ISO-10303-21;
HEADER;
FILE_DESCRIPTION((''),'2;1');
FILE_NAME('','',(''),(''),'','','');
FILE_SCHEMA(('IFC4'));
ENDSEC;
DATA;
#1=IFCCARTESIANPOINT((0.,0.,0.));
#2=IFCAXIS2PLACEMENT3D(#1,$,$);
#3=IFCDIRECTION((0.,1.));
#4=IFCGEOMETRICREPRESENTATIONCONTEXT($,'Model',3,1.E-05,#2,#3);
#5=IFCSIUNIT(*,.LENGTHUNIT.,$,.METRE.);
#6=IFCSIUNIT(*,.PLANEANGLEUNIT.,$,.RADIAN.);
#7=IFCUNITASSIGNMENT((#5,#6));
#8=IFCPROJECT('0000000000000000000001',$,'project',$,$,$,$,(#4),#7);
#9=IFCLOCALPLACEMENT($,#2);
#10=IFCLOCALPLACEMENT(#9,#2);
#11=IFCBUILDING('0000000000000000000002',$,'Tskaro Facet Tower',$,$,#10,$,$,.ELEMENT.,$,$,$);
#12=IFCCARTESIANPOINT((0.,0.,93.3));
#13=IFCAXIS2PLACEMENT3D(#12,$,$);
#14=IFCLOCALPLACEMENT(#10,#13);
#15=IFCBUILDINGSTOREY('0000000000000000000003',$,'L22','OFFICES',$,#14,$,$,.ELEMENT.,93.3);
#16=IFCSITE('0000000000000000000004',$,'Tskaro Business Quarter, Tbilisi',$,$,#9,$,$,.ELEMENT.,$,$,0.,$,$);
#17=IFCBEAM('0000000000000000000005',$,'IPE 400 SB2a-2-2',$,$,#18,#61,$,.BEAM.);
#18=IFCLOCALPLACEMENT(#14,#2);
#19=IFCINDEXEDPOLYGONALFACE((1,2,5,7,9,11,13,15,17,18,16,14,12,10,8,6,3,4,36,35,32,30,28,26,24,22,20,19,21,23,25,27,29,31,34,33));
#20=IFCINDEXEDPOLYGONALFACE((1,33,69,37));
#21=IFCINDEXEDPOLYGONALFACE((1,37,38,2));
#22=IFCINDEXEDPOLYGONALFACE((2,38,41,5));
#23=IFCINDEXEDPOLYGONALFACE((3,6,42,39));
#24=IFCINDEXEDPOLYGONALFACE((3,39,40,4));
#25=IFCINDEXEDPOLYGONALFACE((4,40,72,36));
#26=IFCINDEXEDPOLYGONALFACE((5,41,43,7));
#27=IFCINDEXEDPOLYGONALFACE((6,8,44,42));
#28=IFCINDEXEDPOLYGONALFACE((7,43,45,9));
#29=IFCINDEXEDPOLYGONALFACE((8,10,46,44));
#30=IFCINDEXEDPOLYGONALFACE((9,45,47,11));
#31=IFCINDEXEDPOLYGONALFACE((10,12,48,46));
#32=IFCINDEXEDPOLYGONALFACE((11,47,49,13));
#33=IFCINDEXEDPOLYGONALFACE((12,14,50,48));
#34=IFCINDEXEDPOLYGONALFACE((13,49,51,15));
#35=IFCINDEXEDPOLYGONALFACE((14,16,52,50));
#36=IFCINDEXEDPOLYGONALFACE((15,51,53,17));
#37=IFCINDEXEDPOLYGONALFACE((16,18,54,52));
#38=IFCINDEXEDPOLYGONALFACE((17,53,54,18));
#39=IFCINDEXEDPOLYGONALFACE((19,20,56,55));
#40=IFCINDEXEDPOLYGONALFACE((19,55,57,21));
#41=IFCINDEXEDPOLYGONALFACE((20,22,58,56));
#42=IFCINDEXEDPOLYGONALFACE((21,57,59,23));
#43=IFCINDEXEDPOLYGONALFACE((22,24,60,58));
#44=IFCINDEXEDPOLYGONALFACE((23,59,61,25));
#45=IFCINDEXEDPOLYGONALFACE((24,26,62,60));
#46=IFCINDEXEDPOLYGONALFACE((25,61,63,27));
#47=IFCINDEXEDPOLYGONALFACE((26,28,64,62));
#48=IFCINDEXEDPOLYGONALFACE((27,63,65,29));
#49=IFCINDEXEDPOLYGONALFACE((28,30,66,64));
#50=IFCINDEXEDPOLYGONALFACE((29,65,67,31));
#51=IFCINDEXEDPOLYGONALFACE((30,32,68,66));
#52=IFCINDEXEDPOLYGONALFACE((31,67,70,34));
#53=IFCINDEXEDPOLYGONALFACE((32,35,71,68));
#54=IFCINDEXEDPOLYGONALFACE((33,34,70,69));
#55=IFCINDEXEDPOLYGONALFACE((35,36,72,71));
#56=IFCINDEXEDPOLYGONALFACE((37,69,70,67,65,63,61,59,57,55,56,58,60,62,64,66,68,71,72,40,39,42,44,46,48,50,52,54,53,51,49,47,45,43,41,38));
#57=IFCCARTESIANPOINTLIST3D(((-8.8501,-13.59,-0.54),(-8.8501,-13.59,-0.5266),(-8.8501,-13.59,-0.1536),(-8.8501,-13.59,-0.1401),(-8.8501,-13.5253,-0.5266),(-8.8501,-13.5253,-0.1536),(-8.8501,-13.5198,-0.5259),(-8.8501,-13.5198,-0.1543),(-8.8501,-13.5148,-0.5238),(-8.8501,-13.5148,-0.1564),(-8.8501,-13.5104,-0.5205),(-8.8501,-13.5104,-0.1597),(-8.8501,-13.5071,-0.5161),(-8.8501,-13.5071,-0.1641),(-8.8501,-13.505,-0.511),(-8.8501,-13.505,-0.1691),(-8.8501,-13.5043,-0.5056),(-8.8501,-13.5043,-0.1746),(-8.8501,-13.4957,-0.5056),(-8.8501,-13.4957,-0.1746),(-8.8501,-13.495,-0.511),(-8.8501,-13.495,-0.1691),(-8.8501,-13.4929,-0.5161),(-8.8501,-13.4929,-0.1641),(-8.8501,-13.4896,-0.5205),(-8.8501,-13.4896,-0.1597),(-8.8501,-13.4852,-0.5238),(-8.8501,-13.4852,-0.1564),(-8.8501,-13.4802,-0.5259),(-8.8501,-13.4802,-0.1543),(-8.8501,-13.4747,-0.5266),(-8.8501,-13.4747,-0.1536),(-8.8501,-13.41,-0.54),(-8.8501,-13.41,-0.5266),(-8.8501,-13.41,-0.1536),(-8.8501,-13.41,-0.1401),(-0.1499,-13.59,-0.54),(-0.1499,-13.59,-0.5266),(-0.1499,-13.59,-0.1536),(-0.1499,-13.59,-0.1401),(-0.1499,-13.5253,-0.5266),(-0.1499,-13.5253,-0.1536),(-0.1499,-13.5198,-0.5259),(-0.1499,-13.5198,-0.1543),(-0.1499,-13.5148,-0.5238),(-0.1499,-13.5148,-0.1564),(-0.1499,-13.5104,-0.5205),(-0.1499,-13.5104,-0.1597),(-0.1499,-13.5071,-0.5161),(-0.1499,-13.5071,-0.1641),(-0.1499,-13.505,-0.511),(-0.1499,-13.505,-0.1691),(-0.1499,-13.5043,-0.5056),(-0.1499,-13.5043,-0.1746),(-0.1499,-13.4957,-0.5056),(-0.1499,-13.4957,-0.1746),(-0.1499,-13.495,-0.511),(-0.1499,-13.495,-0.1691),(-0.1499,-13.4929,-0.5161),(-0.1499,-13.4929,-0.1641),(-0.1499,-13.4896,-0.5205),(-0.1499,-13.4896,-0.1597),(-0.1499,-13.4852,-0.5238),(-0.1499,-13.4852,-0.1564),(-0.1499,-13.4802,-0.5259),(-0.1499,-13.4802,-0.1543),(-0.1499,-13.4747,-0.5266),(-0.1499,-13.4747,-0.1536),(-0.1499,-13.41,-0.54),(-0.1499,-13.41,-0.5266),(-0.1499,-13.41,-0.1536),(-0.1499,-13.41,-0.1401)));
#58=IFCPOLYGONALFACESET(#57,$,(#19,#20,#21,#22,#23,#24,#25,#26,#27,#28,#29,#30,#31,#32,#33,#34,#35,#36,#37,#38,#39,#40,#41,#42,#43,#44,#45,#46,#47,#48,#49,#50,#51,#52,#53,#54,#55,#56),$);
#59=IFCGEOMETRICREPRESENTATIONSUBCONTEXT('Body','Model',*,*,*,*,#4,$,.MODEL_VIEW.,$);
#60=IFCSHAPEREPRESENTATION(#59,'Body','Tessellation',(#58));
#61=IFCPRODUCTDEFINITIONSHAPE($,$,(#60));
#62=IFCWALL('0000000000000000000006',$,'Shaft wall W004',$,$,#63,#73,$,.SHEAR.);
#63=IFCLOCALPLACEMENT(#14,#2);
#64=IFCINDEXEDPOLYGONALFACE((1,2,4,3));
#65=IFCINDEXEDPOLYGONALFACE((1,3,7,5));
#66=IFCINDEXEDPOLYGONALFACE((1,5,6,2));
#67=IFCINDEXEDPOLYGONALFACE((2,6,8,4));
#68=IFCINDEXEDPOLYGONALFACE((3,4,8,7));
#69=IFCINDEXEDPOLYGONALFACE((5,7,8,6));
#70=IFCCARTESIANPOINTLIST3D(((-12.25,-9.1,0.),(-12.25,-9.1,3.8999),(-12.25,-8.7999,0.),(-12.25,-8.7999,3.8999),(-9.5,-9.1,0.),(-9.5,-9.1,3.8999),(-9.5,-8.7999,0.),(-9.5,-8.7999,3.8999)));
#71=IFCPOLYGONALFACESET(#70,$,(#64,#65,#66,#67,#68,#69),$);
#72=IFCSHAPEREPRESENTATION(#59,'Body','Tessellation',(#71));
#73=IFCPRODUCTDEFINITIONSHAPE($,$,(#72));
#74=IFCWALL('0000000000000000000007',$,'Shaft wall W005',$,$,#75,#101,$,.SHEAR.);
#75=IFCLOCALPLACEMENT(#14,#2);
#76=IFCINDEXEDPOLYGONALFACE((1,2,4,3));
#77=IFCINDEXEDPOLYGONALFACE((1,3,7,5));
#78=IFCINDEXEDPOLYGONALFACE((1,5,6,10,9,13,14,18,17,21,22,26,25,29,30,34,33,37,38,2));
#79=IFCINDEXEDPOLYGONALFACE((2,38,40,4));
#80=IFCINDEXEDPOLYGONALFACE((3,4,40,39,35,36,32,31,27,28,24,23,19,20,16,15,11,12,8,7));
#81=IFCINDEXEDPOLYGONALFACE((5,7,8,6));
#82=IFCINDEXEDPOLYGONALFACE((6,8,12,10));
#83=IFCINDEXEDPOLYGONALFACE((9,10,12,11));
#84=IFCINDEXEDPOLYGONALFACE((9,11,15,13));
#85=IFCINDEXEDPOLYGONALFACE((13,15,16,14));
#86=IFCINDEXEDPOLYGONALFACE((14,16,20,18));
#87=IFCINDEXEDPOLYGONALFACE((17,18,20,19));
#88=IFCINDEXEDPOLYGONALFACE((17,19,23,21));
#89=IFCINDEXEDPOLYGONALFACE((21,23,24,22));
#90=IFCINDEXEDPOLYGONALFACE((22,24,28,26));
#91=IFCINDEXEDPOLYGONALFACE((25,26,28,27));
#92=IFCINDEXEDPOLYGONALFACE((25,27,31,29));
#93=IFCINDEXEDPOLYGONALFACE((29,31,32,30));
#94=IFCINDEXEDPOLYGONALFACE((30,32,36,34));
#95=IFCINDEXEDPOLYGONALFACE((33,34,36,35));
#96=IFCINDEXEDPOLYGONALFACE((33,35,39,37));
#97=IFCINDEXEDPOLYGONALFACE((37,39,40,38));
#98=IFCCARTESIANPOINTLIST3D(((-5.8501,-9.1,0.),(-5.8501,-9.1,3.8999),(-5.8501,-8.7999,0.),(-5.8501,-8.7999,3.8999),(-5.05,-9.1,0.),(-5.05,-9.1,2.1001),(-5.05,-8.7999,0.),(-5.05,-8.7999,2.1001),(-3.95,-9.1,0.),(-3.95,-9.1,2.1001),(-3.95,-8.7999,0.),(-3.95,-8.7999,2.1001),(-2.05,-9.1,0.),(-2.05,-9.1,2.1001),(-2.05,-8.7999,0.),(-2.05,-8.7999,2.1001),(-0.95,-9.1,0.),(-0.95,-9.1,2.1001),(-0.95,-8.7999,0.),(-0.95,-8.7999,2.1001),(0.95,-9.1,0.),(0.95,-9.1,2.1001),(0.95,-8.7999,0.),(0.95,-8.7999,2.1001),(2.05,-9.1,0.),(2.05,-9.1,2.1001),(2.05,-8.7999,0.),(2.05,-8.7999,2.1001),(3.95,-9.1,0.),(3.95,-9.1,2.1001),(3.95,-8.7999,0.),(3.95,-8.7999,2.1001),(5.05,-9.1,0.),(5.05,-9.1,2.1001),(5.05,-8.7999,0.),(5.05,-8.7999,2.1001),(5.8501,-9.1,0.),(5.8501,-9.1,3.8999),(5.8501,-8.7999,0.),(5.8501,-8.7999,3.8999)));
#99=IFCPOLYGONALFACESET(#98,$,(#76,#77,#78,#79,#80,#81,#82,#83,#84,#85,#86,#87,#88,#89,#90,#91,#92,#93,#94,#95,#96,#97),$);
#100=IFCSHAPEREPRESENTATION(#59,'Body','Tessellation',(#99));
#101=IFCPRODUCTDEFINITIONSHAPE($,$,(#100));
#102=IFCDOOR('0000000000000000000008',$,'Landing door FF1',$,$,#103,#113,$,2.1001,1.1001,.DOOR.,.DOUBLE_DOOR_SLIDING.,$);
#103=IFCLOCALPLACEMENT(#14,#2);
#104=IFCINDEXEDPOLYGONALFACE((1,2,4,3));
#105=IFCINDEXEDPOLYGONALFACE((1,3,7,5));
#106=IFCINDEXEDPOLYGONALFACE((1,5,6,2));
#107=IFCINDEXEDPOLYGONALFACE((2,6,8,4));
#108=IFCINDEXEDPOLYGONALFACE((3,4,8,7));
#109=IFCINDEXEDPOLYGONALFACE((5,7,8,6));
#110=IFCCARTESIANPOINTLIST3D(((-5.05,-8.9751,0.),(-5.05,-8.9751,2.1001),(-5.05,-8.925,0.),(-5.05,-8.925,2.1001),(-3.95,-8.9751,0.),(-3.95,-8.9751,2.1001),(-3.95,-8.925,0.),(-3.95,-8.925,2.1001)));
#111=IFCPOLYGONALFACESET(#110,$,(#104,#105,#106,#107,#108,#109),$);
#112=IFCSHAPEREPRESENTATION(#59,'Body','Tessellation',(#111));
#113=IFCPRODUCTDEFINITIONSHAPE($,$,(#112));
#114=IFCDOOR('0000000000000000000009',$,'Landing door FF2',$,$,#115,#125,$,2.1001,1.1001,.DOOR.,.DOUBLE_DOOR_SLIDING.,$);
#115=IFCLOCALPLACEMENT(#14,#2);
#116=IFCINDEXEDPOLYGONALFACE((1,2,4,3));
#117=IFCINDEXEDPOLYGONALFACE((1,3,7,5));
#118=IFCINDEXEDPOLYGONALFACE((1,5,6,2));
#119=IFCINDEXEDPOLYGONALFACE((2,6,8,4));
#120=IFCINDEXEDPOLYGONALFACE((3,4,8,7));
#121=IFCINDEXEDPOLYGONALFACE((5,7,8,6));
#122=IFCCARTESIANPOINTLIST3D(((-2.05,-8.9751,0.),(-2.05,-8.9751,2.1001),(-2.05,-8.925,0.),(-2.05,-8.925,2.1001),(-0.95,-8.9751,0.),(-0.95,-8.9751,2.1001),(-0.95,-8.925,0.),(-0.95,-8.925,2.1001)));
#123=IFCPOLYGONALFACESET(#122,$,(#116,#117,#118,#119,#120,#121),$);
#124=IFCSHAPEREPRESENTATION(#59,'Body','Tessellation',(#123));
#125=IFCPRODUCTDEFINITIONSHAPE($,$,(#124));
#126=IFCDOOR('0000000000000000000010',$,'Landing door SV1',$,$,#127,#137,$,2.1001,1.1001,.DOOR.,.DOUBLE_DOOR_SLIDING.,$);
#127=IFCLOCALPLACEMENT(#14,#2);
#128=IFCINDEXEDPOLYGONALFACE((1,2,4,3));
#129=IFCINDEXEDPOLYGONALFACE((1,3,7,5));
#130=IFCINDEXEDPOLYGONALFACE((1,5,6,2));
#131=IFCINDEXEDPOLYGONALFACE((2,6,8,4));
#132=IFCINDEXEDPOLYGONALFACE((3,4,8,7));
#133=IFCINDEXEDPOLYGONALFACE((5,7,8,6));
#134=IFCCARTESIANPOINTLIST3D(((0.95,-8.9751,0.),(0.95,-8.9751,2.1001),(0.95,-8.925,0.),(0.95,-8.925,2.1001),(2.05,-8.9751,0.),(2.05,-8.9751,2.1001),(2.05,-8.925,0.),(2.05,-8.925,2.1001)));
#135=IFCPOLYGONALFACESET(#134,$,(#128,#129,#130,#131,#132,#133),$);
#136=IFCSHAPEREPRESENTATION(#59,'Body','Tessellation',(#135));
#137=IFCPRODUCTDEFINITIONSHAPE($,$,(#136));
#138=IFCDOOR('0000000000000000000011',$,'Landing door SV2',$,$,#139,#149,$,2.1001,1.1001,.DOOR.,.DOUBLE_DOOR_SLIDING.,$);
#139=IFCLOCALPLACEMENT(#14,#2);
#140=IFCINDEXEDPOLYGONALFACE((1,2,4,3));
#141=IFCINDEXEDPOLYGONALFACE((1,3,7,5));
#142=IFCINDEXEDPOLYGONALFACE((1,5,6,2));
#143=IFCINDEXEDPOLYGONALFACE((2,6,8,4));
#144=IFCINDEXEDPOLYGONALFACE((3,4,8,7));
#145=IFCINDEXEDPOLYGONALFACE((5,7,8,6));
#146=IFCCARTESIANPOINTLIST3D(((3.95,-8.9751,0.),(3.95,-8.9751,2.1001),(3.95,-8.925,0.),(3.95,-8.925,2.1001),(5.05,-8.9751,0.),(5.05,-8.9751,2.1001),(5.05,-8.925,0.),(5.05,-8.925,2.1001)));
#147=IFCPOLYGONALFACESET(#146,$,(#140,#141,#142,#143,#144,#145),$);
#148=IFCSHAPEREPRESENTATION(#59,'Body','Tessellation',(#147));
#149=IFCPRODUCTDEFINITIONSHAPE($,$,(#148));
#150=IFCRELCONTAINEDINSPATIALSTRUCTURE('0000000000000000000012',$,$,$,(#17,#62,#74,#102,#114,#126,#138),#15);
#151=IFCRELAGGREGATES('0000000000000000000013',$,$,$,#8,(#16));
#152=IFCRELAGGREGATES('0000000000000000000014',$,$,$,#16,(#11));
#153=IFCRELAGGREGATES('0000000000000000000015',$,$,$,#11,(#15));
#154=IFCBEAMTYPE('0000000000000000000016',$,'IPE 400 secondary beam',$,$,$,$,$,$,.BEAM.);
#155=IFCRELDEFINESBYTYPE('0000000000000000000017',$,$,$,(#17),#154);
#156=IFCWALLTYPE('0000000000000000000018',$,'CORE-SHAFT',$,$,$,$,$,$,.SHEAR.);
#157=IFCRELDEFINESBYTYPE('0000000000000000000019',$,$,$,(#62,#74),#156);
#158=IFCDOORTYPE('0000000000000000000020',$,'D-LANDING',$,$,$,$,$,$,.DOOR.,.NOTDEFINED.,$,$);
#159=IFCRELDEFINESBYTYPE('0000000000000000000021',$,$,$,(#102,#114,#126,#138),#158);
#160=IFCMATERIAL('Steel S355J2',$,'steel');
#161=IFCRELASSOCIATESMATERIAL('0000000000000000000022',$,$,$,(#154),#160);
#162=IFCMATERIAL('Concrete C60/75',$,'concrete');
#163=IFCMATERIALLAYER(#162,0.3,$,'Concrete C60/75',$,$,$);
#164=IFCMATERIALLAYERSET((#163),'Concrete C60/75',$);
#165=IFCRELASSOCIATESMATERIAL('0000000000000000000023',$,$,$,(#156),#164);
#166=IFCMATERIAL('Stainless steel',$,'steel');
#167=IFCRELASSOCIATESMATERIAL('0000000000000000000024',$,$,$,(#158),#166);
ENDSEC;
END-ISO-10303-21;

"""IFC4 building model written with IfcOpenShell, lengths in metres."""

from ifc_helpers import new_model, si_unit, direction, frame, frame_2d, origin, origin_2d, place, context, subcontext, project, spatial, rectangle, i_section, extrude, material, layer, layer_set, material_profile, profile_set, type_object, element, fill, save


model = new_model("IFC4")

# Units and contexts
model_context = context("Model", 3, precision=1e-05, world=origin(), true_north=direction((0.0, 1.0)))
body_context = subcontext(model_context, "Body", "Model", "MODEL_VIEW")
ifc_project = project(units=[si_unit("LENGTHUNIT", "METRE"), si_unit("PLANEANGLEUNIT", "RADIAN")], contexts=[model_context])

# Site, building, storey
site_placement = place(None, origin())
site = spatial("IfcSite", under=ifc_project, at=site_placement, Name="Tskaro Business Quarter, Tbilisi", CompositionType="ELEMENT", RefElevation=0.0)
building_placement = place(site_placement, origin())
building = spatial("IfcBuilding", under=site, at=building_placement, Name="Tskaro Facet Tower", CompositionType="ELEMENT")
storey_placement = place(building_placement, frame((0.0, 0.0, 93.3)))
storey = spatial("IfcBuildingStorey", under=building, at=storey_placement, Name="L22", Description="OFFICES", CompositionType="ELEMENT", Elevation=93.3)

# Beam
ifc_material_1 = material(Name="Steel S355J2", Category="steel")
ifc_material_profile = material_profile(ifc_material_1, i_section(OverallWidth=0.1799, OverallDepth=0.3999, WebThickness=0.0085, FlangeThickness=0.0134, FilletRadius=0.021, at=origin_2d()), Name="IPE 400")
ifc_profile_set = profile_set([ifc_material_profile], Name="Steel S355J2")
beam_type = type_object("IfcBeamType", Name="IPE 400 secondary beam", PredefinedType="BEAM", material=ifc_profile_set)
beam_placement = place(storey_placement, frame((-8.8501, -13.5, -0.3401), z_axis=(1.0, 0.0, 0.0), x_axis=(0.0, 1.0, 0.0)))
element("IfcBeam", 1, at=beam_placement, inside=storey, type_object=beam_type, Name="IPE 400 SB2a-2-2", PredefinedType="BEAM", context=body_context, shape_type="SweptSolid", body=[
    extrude(i_section(OverallWidth=0.1799, OverallDepth=0.3999, WebThickness=0.0085, FlangeThickness=0.0134, FilletRadius=0.021, at=origin_2d()), origin(), (0.0, 0.0, 1.0), 8.7002),
])

# Wall
ifc_material_2 = material(Name="Concrete C60/75", Category="concrete")
ifc_layer_1 = layer(ifc_material_2, 0.3, Name="Concrete C60/75")
ifc_layer_set_1 = layer_set([ifc_layer_1], Name="Concrete C60/75")
wall_type_1 = type_object("IfcWallType", Name="CORE-SHAFT", PredefinedType="SHEAR", material=ifc_layer_set_1)
wall_1_placement = place(storey_placement, frame((-12.25, -8.95, 0.0), z_axis=(0.0, 0.0, 1.0), x_axis=(1.0, 0.0, 0.0)))
element("IfcWall", 2, at=wall_1_placement, inside=storey, type_object=wall_type_1, Name="Shaft wall W004", PredefinedType="SHEAR", context=body_context, shape_type="SweptSolid", body=[
    extrude(rectangle(XDim=2.75, YDim=0.3, at=frame_2d((1.375, 0.0))), origin(), (0.0, 0.0, 1.0), 3.8999),
])

# Wall, openings, doors
wall_2_placement = place(storey_placement, frame((-5.8501, -8.95, 0.0), z_axis=(0.0, 0.0, 1.0), x_axis=(1.0, 0.0, 0.0)))
wall_2 = element("IfcWall", 3, at=wall_2_placement, inside=storey, type_object=wall_type_1, Name="Shaft wall W005", PredefinedType="SHEAR", context=body_context, shape_type="SweptSolid", body=[
    extrude(rectangle(XDim=11.7002, YDim=0.3, at=frame_2d((5.8501, 0.0))), origin(), (0.0, 0.0, 1.0), 3.8999),
])
opening_1_placement = place(wall_2_placement, frame((0.8, 0.0, 0.0)))
opening_1 = element("IfcOpeningElement", 4, at=opening_1_placement, cuts=wall_2, PredefinedType="OPENING", context=body_context, shape_type="SweptSolid", body=[
    extrude(rectangle(XDim=1.1001, YDim=2.1001, at=frame_2d((0.55, 1.05))), frame((0.0, 0.1599, 0.0), z_axis=(0.0, -1.0, 0.0), x_axis=(1.0, 0.0, 0.0)), (0.0, 0.0, 1.0), 0.3201),
])
opening_2_placement = place(wall_2_placement, frame((3.8, 0.0, 0.0)))
opening_2 = element("IfcOpeningElement", 5, at=opening_2_placement, cuts=wall_2, PredefinedType="OPENING", context=body_context, shape_type="SweptSolid", body=[
    extrude(rectangle(XDim=1.1001, YDim=2.1001, at=frame_2d((0.55, 1.05))), frame((0.0, 0.1599, 0.0), z_axis=(0.0, -1.0, 0.0), x_axis=(1.0, 0.0, 0.0)), (0.0, 0.0, 1.0), 0.3201),
])
opening_3_placement = place(wall_2_placement, frame((6.8, 0.0, 0.0)))
opening_3 = element("IfcOpeningElement", 6, at=opening_3_placement, cuts=wall_2, PredefinedType="OPENING", context=body_context, shape_type="SweptSolid", body=[
    extrude(rectangle(XDim=1.1001, YDim=2.1001, at=frame_2d((0.55, 1.05))), frame((0.0, 0.1599, 0.0), z_axis=(0.0, -1.0, 0.0), x_axis=(1.0, 0.0, 0.0)), (0.0, 0.0, 1.0), 0.3201),
])
opening_4_placement = place(wall_2_placement, frame((9.8, 0.0, 0.0)))
opening_4 = element("IfcOpeningElement", 7, at=opening_4_placement, cuts=wall_2, PredefinedType="OPENING", context=body_context, shape_type="SweptSolid", body=[
    extrude(rectangle(XDim=1.1001, YDim=2.1001, at=frame_2d((0.55, 1.05))), frame((0.0, 0.1599, 0.0), z_axis=(0.0, -1.0, 0.0), x_axis=(1.0, 0.0, 0.0)), (0.0, 0.0, 1.0), 0.3201),
])
ifc_material_3 = material(Name="Stainless steel", Category="steel")
door_type_1 = type_object("IfcDoorType", Name="D-LANDING", OperationType="NOTDEFINED", PredefinedType="DOOR", material=ifc_material_3)
door_1_placement = place(opening_1_placement, origin())
door_1 = element("IfcDoor", 8, at=door_1_placement, inside=storey, type_object=door_type_1, Name="Landing door FF1", OperationType="DOUBLE_DOOR_SLIDING", OverallHeight=2.1001, OverallWidth=1.1001, PredefinedType="DOOR", context=body_context, shape_type="SweptSolid", body=[
    extrude(rectangle(XDim=1.1001, YDim=2.1001, at=frame_2d((0.55, 1.05))), frame((0.0, 0.0249, 0.0), z_axis=(0.0, -1.0, 0.0), x_axis=(1.0, 0.0, 0.0)), (0.0, 0.0, 1.0), 0.05),
])
fill(opening_1, door_1)
door_2_placement = place(opening_2_placement, origin())
door_2 = element("IfcDoor", 9, at=door_2_placement, inside=storey, type_object=door_type_1, Name="Landing door FF2", OperationType="DOUBLE_DOOR_SLIDING", OverallHeight=2.1001, OverallWidth=1.1001, PredefinedType="DOOR", context=body_context, shape_type="SweptSolid", body=[
    extrude(rectangle(XDim=1.1001, YDim=2.1001, at=frame_2d((0.55, 1.05))), frame((0.0, 0.0249, 0.0), z_axis=(0.0, -1.0, 0.0), x_axis=(1.0, 0.0, 0.0)), (0.0, 0.0, 1.0), 0.05),
])
fill(opening_2, door_2)
door_3_placement = place(opening_3_placement, origin())
door_3 = element("IfcDoor", 10, at=door_3_placement, inside=storey, type_object=door_type_1, Name="Landing door SV1", OperationType="DOUBLE_DOOR_SLIDING", OverallHeight=2.1001, OverallWidth=1.1001, PredefinedType="DOOR", context=body_context, shape_type="SweptSolid", body=[
    extrude(rectangle(XDim=1.1001, YDim=2.1001, at=frame_2d((0.55, 1.05))), frame((0.0, 0.0249, 0.0), z_axis=(0.0, -1.0, 0.0), x_axis=(1.0, 0.0, 0.0)), (0.0, 0.0, 1.0), 0.05),
])
fill(opening_3, door_3)
door_4_placement = place(opening_4_placement, origin())
door_4 = element("IfcDoor", 11, at=door_4_placement, inside=storey, type_object=door_type_1, Name="Landing door SV2", OperationType="DOUBLE_DOOR_SLIDING", OverallHeight=2.1001, OverallWidth=1.1001, PredefinedType="DOOR", context=body_context, shape_type="SweptSolid", body=[
    extrude(rectangle(XDim=1.1001, YDim=2.1001, at=frame_2d((0.55, 1.05))), frame((0.0, 0.0249, 0.0), z_axis=(0.0, -1.0, 0.0), x_axis=(1.0, 0.0, 0.0)), (0.0, 0.0, 1.0), 0.05),
])
fill(opening_4, door_4)

save(model, "model.ifc")
